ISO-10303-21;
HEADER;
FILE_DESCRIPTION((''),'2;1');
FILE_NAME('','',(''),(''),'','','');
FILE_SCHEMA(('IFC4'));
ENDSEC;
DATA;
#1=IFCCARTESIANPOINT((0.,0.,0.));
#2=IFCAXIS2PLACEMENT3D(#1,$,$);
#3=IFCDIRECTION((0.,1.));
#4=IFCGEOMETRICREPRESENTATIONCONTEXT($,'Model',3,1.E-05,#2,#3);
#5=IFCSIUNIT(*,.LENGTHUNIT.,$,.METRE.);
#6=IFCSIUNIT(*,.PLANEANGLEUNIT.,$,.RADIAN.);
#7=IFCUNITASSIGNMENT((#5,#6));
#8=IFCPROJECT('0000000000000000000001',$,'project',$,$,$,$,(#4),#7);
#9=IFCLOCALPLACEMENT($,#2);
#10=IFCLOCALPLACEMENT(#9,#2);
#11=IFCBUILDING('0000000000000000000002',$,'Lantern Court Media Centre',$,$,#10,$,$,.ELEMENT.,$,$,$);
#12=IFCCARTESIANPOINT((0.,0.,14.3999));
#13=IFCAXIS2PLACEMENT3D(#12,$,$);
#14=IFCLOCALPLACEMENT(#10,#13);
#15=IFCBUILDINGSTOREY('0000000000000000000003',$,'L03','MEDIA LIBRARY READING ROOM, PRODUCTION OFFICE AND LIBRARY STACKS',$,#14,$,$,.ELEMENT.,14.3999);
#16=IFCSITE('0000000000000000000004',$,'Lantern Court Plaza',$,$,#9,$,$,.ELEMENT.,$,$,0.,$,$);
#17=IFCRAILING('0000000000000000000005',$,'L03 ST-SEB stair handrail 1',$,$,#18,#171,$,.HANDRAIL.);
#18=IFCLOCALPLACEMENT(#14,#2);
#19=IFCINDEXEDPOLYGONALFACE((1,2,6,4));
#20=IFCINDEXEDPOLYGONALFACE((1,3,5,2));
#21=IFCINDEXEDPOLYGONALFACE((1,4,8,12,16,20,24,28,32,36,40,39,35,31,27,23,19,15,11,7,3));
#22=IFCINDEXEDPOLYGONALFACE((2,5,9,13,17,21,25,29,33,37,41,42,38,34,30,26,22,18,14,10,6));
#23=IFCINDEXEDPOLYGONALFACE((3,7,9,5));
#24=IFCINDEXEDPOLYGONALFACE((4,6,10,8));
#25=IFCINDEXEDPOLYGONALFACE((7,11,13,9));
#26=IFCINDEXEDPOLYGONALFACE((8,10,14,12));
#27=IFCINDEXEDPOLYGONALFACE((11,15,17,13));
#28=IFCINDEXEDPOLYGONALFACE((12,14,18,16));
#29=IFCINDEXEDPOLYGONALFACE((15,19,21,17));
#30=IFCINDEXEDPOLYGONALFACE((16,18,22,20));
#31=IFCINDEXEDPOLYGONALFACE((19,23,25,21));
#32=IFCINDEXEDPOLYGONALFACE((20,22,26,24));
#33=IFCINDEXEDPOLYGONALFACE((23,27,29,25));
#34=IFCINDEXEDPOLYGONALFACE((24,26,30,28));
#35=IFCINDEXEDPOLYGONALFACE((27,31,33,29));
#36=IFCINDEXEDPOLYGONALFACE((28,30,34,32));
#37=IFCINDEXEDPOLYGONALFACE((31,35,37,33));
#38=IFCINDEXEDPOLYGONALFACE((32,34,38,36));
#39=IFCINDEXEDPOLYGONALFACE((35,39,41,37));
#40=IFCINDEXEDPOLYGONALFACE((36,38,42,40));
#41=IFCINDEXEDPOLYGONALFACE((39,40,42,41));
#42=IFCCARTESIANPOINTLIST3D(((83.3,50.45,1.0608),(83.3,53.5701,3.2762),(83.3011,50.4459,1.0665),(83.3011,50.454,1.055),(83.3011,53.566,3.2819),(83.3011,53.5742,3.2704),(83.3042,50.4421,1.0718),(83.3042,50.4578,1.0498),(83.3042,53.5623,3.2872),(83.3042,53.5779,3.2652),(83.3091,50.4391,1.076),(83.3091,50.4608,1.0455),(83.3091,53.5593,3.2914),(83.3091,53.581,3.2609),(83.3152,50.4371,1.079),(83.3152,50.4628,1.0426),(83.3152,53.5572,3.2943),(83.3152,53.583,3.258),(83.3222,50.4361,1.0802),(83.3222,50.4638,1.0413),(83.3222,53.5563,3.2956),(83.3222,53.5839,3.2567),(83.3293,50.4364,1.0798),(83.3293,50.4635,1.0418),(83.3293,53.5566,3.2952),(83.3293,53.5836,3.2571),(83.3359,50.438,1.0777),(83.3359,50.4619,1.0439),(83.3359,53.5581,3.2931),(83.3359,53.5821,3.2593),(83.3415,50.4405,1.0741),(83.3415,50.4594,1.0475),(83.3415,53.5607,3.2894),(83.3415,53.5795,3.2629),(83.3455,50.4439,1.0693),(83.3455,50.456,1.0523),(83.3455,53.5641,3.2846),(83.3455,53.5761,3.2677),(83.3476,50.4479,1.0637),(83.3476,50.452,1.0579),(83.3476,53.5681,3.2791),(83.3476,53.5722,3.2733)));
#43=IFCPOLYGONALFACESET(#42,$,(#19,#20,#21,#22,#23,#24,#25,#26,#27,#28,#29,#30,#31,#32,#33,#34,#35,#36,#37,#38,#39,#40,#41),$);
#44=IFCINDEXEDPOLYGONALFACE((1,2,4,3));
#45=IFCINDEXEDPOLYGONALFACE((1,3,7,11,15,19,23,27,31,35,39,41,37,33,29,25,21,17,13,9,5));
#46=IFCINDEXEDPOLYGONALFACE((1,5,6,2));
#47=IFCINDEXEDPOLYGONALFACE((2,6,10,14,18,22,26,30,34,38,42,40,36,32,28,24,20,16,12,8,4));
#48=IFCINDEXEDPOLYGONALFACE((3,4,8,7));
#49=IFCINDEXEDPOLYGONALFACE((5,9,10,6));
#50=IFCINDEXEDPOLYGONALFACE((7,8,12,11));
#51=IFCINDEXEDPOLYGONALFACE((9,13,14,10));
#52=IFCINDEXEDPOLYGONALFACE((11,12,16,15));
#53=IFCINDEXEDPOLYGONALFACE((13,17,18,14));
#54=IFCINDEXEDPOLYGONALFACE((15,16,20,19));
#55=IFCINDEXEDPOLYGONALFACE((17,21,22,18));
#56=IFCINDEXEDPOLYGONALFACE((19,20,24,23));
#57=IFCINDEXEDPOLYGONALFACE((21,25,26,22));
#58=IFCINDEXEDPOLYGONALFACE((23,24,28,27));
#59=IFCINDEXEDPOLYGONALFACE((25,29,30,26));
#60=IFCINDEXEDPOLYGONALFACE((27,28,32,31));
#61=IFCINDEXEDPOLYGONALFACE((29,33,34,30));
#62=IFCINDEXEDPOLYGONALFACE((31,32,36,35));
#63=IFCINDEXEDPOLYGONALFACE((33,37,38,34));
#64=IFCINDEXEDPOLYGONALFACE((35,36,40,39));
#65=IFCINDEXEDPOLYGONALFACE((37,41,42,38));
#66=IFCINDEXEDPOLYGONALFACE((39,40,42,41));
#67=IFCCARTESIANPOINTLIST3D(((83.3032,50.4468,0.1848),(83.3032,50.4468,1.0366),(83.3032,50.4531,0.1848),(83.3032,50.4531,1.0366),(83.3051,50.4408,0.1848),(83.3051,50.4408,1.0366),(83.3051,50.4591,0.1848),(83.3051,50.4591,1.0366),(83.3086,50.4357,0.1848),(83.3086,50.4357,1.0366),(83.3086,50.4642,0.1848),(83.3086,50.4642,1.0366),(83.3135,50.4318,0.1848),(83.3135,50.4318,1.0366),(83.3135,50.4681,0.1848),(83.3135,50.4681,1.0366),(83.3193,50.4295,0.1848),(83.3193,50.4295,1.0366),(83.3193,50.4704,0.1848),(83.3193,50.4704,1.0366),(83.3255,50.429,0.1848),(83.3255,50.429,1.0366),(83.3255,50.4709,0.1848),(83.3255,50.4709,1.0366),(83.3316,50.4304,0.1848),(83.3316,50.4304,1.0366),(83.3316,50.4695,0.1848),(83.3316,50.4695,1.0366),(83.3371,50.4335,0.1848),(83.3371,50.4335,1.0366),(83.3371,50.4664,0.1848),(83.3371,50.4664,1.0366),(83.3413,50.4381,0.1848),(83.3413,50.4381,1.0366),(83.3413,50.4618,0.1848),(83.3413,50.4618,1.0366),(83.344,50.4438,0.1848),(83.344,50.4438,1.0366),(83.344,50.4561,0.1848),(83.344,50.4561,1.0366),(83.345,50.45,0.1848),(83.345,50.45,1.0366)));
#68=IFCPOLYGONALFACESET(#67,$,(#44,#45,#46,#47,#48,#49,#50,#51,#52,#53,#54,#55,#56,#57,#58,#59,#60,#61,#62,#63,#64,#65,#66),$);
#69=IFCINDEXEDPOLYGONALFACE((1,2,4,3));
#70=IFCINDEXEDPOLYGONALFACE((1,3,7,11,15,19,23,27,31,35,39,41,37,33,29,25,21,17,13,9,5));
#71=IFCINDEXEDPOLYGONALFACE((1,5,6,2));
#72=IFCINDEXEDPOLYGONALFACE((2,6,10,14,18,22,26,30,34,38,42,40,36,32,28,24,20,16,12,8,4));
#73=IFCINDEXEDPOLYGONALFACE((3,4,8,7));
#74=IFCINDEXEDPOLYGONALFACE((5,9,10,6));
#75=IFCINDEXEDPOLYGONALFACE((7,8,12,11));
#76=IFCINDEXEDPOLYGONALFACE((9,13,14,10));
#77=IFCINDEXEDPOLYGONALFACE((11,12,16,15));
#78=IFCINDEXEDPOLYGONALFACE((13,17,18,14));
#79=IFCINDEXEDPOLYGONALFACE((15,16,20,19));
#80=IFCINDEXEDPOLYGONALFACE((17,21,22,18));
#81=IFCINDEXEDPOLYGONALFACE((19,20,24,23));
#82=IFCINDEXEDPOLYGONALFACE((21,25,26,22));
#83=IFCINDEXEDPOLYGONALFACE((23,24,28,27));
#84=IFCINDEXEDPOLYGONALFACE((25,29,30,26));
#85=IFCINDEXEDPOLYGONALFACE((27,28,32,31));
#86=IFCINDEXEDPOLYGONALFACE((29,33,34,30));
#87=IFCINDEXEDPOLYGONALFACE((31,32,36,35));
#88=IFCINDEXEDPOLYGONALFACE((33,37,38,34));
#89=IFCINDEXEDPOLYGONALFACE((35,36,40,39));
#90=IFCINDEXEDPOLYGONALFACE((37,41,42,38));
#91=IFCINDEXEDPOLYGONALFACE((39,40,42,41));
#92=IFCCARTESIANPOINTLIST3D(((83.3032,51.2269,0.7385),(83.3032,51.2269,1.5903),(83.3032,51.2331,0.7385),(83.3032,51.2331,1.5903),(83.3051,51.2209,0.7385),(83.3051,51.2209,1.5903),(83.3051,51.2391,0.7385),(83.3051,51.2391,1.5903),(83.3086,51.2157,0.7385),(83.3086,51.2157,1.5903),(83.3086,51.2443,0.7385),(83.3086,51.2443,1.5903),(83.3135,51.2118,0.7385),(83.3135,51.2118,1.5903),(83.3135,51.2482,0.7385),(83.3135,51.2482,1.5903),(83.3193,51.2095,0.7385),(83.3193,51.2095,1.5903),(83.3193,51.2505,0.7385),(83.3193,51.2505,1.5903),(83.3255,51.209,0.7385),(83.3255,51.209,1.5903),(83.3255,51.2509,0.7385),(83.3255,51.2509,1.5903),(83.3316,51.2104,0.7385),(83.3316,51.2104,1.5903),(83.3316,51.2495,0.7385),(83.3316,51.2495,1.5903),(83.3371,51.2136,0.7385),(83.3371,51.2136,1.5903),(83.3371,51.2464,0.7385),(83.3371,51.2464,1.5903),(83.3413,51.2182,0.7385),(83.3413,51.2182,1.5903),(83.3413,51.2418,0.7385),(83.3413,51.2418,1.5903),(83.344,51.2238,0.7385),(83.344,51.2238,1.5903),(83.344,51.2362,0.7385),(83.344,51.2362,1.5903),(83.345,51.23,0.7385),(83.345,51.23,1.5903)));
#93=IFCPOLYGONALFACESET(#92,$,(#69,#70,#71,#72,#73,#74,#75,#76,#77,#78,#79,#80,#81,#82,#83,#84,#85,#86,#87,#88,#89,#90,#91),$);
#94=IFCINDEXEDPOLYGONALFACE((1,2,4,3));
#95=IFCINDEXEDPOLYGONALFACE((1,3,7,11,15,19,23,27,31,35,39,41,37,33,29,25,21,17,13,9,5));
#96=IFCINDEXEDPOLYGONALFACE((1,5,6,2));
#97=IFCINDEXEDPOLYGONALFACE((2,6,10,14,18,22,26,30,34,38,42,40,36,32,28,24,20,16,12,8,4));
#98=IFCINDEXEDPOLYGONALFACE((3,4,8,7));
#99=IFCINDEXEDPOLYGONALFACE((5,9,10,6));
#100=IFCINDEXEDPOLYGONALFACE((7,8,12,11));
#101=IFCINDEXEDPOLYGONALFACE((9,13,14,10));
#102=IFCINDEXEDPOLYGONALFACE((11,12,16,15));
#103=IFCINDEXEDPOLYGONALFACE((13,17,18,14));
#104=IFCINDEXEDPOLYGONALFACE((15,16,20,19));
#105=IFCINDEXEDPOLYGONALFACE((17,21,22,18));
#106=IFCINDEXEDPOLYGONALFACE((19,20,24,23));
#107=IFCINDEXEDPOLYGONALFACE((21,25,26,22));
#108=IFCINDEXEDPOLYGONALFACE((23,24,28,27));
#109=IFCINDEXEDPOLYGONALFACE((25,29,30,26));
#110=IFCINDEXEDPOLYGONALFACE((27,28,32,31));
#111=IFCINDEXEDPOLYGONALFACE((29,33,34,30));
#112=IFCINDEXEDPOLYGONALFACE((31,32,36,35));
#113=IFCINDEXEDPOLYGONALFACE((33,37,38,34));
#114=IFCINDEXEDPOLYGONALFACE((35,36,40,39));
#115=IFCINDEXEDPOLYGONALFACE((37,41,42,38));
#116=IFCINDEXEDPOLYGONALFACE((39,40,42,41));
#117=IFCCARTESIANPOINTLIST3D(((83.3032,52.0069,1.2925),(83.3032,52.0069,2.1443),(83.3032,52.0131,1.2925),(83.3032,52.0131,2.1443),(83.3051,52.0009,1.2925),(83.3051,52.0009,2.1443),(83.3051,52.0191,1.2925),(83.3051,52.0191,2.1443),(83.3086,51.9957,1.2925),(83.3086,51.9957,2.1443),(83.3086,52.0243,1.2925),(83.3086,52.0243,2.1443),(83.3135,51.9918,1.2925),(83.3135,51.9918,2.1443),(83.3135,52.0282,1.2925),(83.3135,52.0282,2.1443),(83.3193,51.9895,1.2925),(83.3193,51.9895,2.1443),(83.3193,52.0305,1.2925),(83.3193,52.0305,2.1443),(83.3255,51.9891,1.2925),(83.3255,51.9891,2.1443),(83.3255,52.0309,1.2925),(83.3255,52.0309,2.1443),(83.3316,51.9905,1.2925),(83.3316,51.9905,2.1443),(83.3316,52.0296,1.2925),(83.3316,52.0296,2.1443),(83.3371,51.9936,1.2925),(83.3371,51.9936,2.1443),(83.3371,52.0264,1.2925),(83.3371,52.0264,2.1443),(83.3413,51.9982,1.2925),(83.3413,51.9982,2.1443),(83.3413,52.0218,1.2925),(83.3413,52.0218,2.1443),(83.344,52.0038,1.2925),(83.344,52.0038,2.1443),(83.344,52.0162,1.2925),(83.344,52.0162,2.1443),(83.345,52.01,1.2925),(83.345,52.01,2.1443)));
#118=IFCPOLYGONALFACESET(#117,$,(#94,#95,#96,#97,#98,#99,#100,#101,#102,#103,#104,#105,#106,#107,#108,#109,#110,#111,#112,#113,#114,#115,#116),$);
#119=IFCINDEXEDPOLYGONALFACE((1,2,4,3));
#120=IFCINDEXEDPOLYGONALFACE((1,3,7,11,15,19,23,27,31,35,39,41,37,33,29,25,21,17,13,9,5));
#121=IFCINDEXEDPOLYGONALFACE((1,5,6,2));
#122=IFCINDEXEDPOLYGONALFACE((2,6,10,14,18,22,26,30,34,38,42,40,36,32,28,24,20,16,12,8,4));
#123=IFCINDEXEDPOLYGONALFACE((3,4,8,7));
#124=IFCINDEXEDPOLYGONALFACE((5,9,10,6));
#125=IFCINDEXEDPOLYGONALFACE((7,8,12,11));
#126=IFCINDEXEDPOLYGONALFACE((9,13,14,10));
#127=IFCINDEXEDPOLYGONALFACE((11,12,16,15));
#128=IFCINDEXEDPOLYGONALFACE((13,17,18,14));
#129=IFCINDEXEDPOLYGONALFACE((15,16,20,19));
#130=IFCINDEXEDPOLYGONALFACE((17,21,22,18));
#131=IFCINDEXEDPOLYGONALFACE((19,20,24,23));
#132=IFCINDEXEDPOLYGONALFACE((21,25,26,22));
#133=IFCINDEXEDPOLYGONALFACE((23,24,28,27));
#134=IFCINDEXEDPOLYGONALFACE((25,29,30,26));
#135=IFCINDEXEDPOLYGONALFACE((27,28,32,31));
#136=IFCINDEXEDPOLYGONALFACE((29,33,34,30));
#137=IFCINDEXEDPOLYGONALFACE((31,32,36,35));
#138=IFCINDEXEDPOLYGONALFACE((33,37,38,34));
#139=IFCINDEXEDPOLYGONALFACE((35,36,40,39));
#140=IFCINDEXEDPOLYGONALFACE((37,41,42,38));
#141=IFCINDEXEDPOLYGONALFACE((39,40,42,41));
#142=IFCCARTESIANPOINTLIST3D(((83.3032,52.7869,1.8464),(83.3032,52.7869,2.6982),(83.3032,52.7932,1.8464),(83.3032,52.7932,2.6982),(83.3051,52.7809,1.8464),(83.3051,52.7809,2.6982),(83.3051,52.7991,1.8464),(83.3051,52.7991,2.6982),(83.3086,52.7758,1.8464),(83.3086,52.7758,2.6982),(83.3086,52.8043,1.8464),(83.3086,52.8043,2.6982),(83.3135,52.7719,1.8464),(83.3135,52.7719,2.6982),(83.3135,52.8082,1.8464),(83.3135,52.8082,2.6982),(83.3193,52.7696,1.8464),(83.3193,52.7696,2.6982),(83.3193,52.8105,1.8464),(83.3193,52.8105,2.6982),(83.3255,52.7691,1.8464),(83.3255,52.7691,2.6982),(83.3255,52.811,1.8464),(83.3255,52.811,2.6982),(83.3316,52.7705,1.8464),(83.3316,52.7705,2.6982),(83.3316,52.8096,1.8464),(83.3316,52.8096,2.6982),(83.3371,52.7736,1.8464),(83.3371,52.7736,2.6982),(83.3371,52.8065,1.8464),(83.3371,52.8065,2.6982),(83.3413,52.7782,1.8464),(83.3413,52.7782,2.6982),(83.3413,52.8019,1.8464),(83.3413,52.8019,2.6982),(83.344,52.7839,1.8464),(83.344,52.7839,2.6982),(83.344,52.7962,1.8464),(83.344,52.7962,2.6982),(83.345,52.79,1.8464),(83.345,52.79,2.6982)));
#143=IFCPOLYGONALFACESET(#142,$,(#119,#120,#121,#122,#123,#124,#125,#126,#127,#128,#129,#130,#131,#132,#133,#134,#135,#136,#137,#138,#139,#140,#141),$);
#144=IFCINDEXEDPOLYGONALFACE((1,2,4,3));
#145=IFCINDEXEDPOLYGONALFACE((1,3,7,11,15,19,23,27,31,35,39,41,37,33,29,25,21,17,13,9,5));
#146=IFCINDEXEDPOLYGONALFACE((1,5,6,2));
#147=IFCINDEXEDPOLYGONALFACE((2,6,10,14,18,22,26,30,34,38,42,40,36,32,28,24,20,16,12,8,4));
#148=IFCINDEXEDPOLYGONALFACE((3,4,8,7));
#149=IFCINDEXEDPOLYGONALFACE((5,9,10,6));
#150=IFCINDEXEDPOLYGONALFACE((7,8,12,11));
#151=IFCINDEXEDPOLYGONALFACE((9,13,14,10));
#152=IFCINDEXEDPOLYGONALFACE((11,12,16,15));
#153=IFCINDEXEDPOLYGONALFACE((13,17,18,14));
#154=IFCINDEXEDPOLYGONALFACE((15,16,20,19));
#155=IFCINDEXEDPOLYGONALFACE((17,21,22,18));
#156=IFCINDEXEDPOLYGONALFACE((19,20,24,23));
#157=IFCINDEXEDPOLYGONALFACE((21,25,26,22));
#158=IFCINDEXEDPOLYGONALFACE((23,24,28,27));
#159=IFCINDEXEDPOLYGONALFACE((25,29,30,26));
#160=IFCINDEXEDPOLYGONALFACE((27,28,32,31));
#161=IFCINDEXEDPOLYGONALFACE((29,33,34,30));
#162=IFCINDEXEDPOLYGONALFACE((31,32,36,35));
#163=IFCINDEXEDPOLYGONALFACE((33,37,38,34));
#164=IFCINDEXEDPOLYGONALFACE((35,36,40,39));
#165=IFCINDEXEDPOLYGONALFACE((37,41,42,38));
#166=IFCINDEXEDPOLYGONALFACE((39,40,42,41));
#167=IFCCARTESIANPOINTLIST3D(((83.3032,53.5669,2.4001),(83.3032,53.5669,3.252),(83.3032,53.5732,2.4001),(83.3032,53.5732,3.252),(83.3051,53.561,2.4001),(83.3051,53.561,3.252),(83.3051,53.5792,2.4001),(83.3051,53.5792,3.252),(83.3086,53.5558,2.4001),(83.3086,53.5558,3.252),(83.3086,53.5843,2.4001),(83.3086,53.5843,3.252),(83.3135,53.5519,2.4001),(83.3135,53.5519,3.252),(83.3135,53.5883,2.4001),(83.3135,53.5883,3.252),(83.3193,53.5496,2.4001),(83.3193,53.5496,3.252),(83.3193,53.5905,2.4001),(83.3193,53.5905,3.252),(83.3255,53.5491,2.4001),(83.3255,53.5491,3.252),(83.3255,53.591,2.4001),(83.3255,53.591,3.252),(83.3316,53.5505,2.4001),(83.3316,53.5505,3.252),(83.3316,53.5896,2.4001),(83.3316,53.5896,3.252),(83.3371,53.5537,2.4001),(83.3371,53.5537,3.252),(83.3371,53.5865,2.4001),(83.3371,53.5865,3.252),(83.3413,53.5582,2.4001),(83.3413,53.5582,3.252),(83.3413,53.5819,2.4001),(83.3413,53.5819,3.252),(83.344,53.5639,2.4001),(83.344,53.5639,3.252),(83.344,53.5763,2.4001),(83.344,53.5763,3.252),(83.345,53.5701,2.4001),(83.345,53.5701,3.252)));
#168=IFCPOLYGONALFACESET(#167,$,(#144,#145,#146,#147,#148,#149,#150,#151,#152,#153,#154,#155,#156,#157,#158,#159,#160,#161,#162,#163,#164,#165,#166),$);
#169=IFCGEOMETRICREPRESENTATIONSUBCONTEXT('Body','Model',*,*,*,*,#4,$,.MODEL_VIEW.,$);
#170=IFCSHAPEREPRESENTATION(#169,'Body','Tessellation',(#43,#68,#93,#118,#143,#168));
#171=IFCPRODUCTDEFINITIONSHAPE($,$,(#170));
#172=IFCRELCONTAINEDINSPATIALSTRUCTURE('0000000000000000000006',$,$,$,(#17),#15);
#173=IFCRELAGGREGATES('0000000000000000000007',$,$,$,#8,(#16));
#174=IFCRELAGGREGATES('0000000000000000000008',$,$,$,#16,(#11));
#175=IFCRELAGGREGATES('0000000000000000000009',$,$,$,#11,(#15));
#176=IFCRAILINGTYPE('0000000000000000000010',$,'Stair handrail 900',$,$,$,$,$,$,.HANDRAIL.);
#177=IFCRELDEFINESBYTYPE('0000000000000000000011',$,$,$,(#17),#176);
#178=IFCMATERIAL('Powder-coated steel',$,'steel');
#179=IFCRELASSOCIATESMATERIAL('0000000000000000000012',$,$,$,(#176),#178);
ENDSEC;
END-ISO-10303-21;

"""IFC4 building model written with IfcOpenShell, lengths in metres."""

from ifc_helpers import new_model, si_unit, direction, frame, origin, origin_2d, place, context, subcontext, project, spatial, circle, extrude, material, type_object, element, save


model = new_model("IFC4")

# Units and contexts
model_context = context("Model", 3, precision=1e-05, world=origin(), true_north=direction((0.0, 1.0)))
body_context = subcontext(model_context, "Body", "Model", "MODEL_VIEW")
ifc_project = project(units=[si_unit("LENGTHUNIT", "METRE"), si_unit("PLANEANGLEUNIT", "RADIAN")], contexts=[model_context])

# Site, building, storey
site_placement = place(None, origin())
site = spatial("IfcSite", under=ifc_project, at=site_placement, Name="Lantern Court Plaza", CompositionType="ELEMENT", RefElevation=0.0)
building_placement = place(site_placement, origin())
building = spatial("IfcBuilding", under=site, at=building_placement, Name="Lantern Court Media Centre", CompositionType="ELEMENT")
storey_placement = place(building_placement, frame((0.0, 0.0, 14.3999)))
storey = spatial("IfcBuildingStorey", under=building, at=storey_placement, Name="L03", Description="MEDIA LIBRARY READING ROOM, PRODUCTION OFFICE AND LIBRARY STACKS", CompositionType="ELEMENT", Elevation=14.3999)

# Railing
ifc_material_1 = material(Name="Powder-coated steel", Category="steel")
railing_type_1 = type_object("IfcRailingType", Name="Stair handrail 900", PredefinedType="HANDRAIL", material=ifc_material_1)
railing_1_placement = place(storey_placement, frame((83.324, 50.45, 0.1848)))
element("IfcRailing", 1, at=railing_1_placement, inside=storey, type_object=railing_type_1, Name="L03 ST-SEB stair handrail 1", PredefinedType="HANDRAIL", context=body_context, shape_type="SweptSolid", body=[
    extrude(circle(Radius=0.0239, at=origin_2d()), frame((0.0, 0.0, 0.876), z_axis=(0.0, 0.815377, 0.57893), x_axis=(-1.0, 0.0, 0.0)), (0.0, 0.0, 1.0), 3.8267),
    extrude(circle(Radius=0.021, at=origin_2d()), origin(), (0.0, 0.0, 1.0), 0.8518),
    extrude(circle(Radius=0.021, at=origin_2d()), frame((0.0, 0.78, 0.5537)), (0.0, 0.0, 1.0), 0.8518),
    extrude(circle(Radius=0.021, at=origin_2d()), frame((0.0, 1.5601, 1.1077)), (0.0, 0.0, 1.0), 0.8518),
    extrude(circle(Radius=0.021, at=origin_2d()), frame((0.0, 2.3401, 1.6616)), (0.0, 0.0, 1.0), 0.8518),
    extrude(circle(Radius=0.021, at=origin_2d()), frame((0.0, 3.1201, 2.2153)), (0.0, 0.0, 1.0), 0.8518),
])

save(model, "model.ifc")
